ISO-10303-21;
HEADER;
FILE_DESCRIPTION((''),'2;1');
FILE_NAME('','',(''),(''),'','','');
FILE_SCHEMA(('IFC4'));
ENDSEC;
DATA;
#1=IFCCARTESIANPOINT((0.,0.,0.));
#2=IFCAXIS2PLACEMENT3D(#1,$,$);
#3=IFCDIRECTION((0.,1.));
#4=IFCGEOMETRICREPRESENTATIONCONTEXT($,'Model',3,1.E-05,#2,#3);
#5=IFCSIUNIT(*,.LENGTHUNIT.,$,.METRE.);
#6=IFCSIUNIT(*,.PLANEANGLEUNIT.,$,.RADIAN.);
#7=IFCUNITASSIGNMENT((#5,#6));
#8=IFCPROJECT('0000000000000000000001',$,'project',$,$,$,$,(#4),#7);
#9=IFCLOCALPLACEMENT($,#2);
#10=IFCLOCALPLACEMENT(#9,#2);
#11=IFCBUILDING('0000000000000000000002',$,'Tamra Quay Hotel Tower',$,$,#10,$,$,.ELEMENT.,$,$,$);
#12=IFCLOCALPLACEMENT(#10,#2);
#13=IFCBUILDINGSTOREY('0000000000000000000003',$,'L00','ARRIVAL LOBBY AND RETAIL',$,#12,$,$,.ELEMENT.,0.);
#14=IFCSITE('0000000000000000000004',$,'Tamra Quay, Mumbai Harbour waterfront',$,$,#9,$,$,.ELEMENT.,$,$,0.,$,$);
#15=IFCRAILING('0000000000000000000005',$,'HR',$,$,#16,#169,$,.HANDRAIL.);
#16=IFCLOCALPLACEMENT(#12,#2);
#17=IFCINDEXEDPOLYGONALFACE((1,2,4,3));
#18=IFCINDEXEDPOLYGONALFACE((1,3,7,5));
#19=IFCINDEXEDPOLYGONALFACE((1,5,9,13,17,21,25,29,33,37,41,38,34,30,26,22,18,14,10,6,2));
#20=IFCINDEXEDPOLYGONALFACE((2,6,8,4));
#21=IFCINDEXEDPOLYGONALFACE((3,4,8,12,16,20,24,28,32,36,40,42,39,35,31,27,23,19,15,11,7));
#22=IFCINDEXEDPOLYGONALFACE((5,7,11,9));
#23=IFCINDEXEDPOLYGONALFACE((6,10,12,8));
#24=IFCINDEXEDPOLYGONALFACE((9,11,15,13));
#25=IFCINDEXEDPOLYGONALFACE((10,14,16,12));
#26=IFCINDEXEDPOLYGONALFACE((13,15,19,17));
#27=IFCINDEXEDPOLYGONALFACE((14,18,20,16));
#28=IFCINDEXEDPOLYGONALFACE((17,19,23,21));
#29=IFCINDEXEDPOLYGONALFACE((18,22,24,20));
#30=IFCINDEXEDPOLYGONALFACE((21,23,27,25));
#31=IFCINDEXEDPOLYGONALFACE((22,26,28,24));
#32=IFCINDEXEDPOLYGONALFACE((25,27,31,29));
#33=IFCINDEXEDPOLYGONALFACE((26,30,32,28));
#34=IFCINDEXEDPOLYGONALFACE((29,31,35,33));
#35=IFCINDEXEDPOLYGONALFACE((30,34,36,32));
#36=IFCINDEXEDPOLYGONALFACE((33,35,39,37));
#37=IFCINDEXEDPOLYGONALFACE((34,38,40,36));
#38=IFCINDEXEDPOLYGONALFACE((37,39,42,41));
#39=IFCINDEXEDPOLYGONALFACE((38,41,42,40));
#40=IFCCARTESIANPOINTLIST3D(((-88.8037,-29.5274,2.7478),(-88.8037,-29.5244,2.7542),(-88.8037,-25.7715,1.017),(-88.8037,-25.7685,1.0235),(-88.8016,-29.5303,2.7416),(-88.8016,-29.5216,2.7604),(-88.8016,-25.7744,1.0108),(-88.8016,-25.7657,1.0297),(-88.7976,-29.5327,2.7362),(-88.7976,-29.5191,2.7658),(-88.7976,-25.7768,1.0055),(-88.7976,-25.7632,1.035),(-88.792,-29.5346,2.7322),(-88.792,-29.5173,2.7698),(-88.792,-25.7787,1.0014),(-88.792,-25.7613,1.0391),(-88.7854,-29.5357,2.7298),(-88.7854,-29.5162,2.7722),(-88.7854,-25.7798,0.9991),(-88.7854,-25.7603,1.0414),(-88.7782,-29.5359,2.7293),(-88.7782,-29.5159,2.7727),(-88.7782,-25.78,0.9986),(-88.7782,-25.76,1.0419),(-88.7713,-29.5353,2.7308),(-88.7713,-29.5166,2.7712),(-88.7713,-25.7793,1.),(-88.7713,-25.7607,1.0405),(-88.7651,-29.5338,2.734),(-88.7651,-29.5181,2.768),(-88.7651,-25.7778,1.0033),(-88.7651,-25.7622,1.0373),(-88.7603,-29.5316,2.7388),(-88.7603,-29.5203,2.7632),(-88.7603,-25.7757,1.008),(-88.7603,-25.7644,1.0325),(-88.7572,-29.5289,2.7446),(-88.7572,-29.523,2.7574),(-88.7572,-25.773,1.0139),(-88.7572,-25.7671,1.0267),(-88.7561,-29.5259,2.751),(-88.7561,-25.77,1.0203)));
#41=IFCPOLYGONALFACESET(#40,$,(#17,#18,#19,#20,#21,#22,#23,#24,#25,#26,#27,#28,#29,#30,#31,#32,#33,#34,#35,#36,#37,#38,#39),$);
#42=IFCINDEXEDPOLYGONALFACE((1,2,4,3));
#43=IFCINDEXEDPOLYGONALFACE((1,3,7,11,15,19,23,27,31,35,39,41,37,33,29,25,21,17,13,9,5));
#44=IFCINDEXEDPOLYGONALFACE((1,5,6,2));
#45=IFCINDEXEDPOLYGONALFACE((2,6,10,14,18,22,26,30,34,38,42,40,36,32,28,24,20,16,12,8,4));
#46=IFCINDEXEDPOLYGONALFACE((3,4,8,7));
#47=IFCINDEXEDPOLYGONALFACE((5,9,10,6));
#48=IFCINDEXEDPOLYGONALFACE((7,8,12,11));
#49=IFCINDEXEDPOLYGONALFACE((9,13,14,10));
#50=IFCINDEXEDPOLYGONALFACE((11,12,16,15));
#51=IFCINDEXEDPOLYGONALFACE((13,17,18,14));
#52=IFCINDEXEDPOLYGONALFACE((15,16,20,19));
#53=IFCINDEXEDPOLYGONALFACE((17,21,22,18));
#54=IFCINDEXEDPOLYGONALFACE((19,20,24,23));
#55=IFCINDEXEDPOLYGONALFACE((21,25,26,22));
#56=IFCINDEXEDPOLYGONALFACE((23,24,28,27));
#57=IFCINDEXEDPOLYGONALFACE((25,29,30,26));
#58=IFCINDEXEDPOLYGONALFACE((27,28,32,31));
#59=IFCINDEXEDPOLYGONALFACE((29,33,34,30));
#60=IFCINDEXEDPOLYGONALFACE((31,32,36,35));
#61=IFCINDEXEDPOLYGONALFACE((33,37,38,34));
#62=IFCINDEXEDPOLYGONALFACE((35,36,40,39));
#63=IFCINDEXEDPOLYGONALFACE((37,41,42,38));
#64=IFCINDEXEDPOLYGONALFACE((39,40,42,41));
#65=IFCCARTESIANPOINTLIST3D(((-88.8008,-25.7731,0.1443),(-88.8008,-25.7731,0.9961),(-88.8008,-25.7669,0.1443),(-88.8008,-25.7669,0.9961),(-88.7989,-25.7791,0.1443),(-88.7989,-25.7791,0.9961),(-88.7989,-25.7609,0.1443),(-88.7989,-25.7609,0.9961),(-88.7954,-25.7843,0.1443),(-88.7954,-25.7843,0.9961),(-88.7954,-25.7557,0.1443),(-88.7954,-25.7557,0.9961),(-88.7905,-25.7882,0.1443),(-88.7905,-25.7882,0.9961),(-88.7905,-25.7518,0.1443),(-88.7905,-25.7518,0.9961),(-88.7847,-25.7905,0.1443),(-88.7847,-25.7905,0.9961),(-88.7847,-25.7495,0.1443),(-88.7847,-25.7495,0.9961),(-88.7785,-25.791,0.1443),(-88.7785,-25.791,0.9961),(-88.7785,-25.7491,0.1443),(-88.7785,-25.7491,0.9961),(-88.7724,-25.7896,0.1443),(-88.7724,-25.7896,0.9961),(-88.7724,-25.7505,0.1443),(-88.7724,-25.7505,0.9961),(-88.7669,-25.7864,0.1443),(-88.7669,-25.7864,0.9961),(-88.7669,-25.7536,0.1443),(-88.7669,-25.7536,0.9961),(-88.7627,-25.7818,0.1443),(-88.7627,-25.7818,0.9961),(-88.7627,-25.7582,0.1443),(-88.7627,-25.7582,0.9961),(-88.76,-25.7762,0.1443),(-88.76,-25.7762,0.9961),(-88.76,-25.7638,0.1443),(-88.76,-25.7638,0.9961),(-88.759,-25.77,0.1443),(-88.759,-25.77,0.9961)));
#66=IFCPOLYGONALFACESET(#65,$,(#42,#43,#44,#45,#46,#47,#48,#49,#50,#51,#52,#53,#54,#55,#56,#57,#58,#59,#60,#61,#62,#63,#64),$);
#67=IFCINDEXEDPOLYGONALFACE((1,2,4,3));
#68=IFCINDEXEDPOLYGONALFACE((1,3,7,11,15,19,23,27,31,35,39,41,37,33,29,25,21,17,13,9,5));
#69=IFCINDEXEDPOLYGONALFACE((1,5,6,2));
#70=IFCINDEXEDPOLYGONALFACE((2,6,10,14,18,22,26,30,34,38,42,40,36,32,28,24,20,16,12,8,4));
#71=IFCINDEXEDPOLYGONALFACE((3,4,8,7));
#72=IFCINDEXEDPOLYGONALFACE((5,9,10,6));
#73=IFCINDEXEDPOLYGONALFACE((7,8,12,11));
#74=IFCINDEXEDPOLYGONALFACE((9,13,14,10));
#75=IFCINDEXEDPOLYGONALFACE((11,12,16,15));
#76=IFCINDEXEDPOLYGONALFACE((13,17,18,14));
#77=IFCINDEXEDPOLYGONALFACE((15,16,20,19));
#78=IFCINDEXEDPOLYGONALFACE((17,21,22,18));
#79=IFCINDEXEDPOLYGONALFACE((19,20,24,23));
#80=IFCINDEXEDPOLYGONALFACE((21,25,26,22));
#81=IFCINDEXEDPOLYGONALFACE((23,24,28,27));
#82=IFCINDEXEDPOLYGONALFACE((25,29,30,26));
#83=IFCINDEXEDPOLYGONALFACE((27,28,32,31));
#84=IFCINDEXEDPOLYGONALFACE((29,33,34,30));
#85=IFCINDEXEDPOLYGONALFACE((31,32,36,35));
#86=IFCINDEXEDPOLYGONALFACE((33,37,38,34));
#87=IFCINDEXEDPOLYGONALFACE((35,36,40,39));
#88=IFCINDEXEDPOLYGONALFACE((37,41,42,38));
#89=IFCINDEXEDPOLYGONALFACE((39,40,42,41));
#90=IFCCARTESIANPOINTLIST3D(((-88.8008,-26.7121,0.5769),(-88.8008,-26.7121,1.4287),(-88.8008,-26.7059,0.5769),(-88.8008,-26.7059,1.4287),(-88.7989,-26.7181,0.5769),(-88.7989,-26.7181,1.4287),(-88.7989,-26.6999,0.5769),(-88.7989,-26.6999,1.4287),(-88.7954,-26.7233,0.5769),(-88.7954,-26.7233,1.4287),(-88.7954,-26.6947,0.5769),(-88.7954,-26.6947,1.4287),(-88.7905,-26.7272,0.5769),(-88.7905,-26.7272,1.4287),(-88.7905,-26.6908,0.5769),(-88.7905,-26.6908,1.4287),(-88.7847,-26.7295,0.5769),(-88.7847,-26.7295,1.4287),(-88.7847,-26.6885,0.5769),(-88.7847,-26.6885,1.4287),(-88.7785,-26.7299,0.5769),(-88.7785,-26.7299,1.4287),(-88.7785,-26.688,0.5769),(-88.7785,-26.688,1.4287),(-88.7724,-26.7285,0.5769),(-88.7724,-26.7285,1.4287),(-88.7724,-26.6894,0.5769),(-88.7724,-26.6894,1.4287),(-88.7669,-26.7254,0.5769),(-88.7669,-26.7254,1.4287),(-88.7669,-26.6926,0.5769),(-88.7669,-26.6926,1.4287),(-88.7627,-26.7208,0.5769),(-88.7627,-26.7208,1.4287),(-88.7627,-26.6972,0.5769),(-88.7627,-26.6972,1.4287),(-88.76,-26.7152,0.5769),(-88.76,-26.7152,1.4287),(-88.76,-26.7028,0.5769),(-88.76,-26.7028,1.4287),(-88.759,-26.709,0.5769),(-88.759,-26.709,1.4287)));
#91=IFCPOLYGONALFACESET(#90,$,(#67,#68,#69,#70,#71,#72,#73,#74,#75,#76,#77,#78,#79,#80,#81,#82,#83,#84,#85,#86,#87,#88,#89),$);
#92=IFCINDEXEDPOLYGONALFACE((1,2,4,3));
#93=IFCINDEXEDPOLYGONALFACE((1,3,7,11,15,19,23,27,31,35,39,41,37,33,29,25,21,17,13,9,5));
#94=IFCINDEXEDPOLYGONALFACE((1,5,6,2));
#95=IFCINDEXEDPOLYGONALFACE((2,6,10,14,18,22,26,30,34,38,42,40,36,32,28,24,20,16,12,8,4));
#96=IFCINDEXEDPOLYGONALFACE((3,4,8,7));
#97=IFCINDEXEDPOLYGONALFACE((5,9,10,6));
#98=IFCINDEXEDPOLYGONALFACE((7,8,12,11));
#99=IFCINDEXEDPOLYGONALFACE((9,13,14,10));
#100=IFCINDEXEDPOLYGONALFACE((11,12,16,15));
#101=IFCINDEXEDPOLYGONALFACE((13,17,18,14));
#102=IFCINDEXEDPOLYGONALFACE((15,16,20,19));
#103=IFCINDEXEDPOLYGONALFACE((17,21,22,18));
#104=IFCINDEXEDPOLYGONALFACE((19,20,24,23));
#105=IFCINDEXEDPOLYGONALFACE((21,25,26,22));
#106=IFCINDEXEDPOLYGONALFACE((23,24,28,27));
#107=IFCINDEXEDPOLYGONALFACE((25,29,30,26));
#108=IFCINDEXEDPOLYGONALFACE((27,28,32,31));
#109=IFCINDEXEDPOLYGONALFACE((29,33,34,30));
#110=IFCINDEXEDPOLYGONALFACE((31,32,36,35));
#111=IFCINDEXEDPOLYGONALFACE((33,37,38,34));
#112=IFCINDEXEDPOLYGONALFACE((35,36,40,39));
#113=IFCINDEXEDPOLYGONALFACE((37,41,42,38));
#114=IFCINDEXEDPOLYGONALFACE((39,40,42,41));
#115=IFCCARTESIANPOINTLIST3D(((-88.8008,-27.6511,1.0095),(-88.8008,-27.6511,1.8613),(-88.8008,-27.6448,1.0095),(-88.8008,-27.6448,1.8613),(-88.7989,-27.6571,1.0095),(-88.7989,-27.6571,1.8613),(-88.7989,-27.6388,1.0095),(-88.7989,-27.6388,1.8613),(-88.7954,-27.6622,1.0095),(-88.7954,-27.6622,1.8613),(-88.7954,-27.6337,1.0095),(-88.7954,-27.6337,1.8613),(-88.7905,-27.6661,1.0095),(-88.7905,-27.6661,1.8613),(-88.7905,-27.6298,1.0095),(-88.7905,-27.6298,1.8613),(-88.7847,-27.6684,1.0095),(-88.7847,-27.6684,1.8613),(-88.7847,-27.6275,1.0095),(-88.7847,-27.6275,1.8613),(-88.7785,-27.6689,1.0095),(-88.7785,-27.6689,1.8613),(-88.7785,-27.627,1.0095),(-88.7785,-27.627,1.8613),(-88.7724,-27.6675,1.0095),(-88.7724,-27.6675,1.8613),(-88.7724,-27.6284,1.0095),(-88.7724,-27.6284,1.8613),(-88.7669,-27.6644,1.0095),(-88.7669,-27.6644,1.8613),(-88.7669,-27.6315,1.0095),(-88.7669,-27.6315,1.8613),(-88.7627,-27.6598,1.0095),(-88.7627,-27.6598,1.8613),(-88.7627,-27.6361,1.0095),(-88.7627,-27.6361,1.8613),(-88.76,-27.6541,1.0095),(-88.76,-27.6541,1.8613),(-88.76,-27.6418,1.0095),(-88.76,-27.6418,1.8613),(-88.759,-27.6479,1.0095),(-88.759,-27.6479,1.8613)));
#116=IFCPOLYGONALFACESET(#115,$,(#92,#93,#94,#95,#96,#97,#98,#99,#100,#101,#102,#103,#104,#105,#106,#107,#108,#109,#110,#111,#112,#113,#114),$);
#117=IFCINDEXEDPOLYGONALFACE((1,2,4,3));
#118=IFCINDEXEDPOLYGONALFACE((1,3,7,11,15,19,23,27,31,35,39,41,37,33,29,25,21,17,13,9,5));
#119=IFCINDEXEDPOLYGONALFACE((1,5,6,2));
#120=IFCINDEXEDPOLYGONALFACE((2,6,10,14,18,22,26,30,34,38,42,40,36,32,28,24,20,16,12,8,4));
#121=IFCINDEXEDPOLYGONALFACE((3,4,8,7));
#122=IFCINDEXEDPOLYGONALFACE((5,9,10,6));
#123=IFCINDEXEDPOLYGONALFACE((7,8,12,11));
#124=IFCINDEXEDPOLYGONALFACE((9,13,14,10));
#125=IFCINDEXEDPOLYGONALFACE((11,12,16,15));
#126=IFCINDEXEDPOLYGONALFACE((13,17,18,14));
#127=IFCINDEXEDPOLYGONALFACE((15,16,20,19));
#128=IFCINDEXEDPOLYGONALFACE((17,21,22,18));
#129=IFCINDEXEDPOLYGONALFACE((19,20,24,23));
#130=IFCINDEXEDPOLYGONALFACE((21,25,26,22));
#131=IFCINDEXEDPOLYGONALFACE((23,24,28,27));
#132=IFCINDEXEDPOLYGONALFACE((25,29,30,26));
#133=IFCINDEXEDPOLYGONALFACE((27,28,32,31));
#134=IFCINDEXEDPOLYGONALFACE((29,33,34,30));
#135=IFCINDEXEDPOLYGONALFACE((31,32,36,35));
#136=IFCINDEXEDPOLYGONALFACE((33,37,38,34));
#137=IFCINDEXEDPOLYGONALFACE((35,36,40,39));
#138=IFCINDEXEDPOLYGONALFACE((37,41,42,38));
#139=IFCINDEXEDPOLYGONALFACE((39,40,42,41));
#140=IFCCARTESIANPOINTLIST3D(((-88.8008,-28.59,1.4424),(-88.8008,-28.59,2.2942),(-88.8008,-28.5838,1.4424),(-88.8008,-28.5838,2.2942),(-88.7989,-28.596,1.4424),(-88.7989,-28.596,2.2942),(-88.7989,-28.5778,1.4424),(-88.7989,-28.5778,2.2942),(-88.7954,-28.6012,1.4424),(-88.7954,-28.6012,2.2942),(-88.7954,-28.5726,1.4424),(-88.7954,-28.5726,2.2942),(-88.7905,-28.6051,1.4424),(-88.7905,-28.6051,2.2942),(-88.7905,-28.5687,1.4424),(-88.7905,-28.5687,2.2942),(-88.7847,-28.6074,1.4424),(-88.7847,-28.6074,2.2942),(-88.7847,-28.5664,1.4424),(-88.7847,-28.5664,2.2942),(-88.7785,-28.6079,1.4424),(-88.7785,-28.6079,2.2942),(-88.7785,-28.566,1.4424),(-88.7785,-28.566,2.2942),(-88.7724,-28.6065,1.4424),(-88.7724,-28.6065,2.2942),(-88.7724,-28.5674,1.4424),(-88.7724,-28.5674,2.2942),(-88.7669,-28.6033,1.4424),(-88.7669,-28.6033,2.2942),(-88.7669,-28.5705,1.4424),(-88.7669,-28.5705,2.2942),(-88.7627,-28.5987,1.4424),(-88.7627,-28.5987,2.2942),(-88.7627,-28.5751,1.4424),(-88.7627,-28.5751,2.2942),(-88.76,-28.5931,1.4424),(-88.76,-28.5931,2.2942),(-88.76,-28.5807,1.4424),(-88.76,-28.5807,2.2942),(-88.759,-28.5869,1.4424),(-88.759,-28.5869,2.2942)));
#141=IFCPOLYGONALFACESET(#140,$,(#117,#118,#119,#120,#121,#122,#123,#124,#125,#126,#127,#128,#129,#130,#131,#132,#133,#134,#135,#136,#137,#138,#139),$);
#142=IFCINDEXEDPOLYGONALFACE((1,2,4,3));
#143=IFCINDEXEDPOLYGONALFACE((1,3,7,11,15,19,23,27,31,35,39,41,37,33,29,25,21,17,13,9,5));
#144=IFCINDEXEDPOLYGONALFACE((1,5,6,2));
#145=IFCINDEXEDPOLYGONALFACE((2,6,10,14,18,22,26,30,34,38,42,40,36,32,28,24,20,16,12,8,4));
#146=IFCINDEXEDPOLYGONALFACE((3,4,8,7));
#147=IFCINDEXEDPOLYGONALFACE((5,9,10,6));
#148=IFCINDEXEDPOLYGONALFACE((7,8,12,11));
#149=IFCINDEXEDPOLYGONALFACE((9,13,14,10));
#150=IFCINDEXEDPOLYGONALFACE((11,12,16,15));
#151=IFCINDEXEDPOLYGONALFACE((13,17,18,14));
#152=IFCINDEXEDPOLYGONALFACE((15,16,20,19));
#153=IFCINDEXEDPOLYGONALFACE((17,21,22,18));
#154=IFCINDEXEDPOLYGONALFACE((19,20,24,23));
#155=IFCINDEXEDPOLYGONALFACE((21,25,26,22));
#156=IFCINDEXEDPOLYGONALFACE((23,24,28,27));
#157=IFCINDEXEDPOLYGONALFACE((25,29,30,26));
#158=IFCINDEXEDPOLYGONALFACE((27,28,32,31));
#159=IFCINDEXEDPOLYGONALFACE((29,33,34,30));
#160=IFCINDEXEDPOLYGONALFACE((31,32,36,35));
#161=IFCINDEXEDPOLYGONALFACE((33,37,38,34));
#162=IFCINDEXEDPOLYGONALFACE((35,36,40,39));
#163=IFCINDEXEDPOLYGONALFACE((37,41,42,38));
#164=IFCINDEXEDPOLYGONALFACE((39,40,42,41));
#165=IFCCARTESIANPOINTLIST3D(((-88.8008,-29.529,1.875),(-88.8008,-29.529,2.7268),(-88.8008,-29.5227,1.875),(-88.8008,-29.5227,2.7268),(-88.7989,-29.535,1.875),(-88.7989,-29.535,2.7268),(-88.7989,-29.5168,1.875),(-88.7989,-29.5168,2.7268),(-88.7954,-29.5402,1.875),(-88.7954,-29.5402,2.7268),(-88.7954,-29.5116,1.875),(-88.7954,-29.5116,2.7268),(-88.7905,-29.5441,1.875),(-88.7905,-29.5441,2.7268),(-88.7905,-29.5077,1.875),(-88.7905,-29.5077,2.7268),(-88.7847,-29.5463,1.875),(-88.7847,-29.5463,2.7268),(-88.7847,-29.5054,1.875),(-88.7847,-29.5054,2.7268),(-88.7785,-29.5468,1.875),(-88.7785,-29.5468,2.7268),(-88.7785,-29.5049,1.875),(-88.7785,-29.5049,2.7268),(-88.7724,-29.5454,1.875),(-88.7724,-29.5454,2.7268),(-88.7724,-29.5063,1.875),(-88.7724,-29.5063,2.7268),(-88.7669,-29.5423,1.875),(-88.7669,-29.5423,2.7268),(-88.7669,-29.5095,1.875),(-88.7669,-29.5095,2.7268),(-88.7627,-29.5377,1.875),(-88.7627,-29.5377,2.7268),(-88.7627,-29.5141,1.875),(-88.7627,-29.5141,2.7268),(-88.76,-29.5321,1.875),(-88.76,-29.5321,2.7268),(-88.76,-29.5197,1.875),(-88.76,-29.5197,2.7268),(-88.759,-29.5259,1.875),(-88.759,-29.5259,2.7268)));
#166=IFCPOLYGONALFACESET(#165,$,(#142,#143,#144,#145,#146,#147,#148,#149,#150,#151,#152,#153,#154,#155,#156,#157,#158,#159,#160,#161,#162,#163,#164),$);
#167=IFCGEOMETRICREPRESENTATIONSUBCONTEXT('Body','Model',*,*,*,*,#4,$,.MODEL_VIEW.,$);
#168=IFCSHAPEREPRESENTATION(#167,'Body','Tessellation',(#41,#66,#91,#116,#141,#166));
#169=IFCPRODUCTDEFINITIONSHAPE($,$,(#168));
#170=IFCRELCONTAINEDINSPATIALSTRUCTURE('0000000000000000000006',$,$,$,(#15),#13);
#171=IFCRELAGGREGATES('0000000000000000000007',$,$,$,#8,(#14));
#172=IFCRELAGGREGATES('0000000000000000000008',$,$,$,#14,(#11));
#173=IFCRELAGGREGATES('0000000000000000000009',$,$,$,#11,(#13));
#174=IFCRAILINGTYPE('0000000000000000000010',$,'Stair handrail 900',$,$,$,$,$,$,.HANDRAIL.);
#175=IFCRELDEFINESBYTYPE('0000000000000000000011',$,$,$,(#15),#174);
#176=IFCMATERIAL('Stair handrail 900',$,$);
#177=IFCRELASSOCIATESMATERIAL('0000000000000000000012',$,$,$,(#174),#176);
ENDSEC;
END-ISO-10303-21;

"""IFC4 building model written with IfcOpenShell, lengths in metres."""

from ifc_helpers import new_model, si_unit, direction, frame, origin, origin_2d, place, context, subcontext, project, spatial, circle, extrude, material, type_object, element, save


model = new_model("IFC4")

# Units and contexts
model_context = context("Model", 3, precision=1e-05, world=origin(), true_north=direction((0.0, 1.0)))
body_context = subcontext(model_context, "Body", "Model", "MODEL_VIEW")
ifc_project = project(units=[si_unit("LENGTHUNIT", "METRE"), si_unit("PLANEANGLEUNIT", "RADIAN")], contexts=[model_context])

# Site, building, storey
site_placement = place(None, origin())
site = spatial("IfcSite", under=ifc_project, at=site_placement, Name="Tamra Quay, Mumbai Harbour waterfront", CompositionType="ELEMENT", RefElevation=0.0)
building_placement = place(site_placement, origin())
building = spatial("IfcBuilding", under=site, at=building_placement, Name="Tamra Quay Hotel Tower", CompositionType="ELEMENT")
storey_placement = place(building_placement, origin())
storey = spatial("IfcBuildingStorey", under=building, at=storey_placement, Name="L00", Description="ARRIVAL LOBBY AND RETAIL", CompositionType="ELEMENT", Elevation=0.0)

# Railing
ifc_material_1 = material(Name="Stair handrail 900")
railing_type_1 = type_object("IfcRailingType", Name="Stair handrail 900", PredefinedType="HANDRAIL", material=ifc_material_1)
railing_1_placement = place(storey_placement, frame((-88.78, -25.77, 0.1443)))
element("IfcRailing", 1, at=railing_1_placement, inside=storey, type_object=railing_type_1, Name="HR", PredefinedType="HANDRAIL", context=body_context, shape_type="SweptSolid", body=[
    extrude(circle(Radius=0.0239, at=origin_2d()), frame((0.0, 0.0, 0.876), z_axis=(0.0, -0.908213, 0.418508), x_axis=(1.0, 0.0, 0.0)), (0.0, 0.0, 1.0), 4.1355),
    extrude(circle(Radius=0.021, at=origin_2d()), origin(), (0.0, 0.0, 1.0), 0.8518),
    extrude(circle(Radius=0.021, at=origin_2d()), frame((0.0, -0.939, 0.4326)), (0.0, 0.0, 1.0), 0.8518),
    extrude(circle(Radius=0.021, at=origin_2d()), frame((0.0, -1.8779, 0.8652)), (0.0, 0.0, 1.0), 0.8518),
    extrude(circle(Radius=0.021, at=origin_2d()), frame((0.0, -2.8169, 1.2981)), (0.0, 0.0, 1.0), 0.8518),
    extrude(circle(Radius=0.021, at=origin_2d()), frame((0.0, -3.7559, 1.7307)), (0.0, 0.0, 1.0), 0.8518),
])

save(model, "model.ifc")
